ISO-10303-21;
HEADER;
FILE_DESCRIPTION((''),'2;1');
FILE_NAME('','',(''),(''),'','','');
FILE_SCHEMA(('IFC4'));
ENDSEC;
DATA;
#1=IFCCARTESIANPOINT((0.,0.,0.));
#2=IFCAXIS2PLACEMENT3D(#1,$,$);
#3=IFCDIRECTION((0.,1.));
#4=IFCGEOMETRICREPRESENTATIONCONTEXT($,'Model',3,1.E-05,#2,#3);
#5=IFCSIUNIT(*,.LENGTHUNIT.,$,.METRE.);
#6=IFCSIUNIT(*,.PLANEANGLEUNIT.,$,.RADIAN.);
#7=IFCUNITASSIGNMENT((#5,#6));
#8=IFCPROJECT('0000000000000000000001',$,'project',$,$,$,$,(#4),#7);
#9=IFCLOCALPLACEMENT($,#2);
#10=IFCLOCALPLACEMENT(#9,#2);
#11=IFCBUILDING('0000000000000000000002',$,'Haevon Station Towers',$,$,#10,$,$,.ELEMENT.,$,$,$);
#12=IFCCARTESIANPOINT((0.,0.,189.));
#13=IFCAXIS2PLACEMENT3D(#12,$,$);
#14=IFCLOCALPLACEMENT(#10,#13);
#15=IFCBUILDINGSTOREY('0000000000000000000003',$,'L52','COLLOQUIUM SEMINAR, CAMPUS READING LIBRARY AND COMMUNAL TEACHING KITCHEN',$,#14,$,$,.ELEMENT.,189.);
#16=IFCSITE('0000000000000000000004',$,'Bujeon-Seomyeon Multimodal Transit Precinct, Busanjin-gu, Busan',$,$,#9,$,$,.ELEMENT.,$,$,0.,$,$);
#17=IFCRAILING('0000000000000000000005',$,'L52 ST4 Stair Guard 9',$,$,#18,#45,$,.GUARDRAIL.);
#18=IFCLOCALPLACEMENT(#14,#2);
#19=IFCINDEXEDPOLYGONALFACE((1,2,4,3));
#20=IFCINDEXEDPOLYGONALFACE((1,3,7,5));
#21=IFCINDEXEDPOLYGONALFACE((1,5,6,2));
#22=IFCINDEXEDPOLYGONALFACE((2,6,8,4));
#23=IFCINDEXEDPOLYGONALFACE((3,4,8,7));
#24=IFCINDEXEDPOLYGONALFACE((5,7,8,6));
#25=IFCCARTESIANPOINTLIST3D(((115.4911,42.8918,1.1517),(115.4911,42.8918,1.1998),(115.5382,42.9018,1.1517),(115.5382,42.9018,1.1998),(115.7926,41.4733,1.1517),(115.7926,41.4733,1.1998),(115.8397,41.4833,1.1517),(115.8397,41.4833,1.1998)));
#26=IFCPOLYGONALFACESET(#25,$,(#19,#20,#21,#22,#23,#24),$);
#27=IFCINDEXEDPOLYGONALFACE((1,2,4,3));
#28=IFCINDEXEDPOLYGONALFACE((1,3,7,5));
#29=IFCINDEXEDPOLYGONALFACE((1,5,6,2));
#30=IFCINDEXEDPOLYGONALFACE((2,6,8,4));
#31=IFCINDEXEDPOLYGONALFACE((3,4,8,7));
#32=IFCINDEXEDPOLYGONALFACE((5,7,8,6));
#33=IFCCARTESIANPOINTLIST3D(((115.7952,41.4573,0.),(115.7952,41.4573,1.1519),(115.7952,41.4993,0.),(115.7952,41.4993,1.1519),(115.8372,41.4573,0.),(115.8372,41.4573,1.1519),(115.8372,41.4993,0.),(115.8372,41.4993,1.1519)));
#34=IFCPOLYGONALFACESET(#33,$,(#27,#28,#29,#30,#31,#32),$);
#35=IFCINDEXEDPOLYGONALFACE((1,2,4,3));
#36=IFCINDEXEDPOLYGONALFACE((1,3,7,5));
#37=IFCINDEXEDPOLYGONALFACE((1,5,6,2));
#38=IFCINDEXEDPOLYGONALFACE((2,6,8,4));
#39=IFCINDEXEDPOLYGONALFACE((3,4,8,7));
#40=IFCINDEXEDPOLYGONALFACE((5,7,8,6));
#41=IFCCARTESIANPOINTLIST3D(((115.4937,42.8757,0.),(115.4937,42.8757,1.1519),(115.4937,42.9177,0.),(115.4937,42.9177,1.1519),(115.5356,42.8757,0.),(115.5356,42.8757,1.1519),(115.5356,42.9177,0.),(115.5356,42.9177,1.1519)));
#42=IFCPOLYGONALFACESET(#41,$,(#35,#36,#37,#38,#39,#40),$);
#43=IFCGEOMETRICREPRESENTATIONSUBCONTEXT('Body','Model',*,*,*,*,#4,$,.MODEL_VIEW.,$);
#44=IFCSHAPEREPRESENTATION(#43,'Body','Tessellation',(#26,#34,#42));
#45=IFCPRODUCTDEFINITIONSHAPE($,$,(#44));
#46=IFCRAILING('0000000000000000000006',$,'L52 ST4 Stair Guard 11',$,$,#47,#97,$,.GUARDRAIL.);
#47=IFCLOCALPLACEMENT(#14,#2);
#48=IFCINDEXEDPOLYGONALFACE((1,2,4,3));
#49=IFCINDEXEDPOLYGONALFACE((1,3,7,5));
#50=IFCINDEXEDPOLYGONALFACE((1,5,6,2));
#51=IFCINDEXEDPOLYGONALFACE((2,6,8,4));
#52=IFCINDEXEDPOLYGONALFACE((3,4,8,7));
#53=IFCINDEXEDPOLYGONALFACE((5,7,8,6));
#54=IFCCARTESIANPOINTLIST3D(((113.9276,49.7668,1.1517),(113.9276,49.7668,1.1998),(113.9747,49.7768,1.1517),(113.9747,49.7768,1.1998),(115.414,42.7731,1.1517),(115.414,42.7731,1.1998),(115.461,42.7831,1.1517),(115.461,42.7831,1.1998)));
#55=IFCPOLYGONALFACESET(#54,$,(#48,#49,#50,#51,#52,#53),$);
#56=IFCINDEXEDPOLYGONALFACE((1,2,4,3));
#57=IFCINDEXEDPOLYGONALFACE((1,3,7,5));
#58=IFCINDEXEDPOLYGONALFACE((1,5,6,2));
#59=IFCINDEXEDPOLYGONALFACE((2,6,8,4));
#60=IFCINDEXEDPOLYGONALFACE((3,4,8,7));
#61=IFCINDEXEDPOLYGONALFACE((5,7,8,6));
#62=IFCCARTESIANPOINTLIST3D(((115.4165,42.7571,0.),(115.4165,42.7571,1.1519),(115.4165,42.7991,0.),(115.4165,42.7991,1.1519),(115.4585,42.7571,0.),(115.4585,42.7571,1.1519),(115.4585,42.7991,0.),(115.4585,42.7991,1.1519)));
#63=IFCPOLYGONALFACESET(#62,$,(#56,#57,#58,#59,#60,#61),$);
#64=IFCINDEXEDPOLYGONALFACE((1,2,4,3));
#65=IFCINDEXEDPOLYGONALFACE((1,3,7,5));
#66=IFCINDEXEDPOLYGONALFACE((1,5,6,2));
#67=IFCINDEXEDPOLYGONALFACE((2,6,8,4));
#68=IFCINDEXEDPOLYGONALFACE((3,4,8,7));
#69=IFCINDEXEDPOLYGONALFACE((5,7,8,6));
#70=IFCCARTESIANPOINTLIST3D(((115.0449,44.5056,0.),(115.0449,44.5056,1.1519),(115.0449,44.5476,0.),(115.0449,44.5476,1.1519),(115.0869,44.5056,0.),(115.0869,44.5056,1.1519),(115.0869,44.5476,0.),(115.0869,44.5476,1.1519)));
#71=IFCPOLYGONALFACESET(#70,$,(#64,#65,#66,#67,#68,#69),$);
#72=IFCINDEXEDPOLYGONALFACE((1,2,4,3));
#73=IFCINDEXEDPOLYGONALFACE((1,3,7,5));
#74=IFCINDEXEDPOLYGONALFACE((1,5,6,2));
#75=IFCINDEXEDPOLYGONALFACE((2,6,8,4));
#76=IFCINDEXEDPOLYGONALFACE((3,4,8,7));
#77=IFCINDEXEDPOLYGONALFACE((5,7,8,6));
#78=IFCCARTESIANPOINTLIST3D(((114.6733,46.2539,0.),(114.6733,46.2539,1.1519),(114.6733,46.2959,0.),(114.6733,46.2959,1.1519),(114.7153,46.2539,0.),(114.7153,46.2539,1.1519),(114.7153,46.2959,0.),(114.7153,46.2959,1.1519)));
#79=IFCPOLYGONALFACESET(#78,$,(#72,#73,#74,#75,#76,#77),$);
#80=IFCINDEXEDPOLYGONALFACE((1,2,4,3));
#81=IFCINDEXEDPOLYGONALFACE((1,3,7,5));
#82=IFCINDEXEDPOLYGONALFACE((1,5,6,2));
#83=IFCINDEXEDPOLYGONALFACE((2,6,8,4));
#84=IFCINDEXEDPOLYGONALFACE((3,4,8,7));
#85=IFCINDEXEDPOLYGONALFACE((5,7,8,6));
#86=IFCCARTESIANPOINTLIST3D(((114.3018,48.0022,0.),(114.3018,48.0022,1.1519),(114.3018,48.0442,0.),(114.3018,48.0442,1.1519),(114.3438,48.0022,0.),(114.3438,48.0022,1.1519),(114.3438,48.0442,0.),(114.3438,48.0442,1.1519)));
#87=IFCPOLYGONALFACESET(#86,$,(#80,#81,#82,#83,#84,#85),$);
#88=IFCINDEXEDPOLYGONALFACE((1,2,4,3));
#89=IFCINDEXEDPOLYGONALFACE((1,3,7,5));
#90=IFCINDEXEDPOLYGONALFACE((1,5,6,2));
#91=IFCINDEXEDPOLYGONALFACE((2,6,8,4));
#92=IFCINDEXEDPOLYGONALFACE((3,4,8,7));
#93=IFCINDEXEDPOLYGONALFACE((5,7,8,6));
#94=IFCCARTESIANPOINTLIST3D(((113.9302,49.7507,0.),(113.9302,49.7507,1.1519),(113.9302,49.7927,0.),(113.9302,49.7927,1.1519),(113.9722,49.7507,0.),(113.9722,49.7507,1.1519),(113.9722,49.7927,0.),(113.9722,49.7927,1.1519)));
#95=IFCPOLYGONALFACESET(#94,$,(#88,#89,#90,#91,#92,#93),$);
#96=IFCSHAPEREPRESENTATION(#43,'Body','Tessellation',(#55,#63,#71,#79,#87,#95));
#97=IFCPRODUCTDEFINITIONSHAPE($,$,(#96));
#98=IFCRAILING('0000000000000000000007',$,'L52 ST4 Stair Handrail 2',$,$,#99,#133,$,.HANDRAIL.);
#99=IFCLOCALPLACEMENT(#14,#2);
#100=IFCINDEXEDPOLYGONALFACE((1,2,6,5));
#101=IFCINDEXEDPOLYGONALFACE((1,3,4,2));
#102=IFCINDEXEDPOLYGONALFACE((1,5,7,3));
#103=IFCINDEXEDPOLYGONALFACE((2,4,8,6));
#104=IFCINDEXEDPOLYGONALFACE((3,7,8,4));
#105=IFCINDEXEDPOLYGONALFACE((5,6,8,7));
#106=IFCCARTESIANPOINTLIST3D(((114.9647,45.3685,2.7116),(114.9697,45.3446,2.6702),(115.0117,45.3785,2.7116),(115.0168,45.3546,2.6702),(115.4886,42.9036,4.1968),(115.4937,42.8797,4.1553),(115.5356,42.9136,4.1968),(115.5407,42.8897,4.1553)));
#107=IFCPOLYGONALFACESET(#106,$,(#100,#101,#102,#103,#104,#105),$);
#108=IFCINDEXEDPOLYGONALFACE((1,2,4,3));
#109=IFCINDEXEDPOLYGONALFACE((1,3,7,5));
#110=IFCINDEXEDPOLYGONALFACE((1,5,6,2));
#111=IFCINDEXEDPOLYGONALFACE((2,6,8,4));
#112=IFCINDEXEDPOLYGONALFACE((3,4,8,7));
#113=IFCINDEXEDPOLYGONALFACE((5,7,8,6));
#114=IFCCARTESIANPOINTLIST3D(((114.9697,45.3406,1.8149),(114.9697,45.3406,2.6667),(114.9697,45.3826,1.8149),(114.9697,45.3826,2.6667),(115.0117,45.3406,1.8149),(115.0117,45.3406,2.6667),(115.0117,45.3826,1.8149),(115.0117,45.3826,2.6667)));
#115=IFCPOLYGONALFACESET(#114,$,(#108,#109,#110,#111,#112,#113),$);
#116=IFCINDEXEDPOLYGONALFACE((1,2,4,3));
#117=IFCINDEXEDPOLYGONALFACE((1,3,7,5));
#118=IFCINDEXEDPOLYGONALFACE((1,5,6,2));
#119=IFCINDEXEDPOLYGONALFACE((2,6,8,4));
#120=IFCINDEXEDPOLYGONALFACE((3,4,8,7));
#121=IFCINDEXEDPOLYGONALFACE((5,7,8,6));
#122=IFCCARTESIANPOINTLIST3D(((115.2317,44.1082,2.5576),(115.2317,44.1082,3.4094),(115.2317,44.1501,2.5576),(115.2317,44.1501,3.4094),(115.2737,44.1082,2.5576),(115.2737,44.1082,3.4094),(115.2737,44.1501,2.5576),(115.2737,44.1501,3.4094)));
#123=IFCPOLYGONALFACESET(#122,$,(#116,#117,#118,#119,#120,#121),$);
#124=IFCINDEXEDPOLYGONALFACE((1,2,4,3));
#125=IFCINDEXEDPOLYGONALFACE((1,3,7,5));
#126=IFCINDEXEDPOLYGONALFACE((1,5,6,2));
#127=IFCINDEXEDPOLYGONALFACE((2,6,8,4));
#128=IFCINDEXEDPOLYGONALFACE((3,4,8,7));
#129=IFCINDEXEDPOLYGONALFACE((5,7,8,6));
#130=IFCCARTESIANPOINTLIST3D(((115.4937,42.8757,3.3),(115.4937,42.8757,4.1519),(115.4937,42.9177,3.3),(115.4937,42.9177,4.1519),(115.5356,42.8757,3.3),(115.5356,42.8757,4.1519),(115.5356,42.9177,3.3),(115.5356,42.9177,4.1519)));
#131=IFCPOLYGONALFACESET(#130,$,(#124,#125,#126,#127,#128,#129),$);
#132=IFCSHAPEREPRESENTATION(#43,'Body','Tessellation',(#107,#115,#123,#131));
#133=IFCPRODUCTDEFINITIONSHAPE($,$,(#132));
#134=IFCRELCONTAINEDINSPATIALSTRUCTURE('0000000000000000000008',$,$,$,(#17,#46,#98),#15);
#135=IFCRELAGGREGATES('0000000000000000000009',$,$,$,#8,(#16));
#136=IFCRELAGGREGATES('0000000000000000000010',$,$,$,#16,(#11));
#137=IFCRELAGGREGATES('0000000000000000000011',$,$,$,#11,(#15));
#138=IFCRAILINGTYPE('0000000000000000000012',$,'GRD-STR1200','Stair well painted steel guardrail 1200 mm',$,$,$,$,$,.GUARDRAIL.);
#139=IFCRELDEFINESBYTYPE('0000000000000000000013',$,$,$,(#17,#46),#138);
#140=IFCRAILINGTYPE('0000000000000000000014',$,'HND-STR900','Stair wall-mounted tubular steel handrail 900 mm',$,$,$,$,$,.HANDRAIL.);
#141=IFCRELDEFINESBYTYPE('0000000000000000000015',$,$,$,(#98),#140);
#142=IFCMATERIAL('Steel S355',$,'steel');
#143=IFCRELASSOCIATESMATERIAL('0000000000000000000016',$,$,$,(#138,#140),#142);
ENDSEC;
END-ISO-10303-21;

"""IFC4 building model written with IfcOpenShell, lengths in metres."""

from ifc_helpers import new_model, si_unit, direction, frame, origin, origin_2d, place, context, subcontext, project, spatial, rectangle, extrude, material, type_object, element, save


model = new_model("IFC4")

# Units and contexts
model_context = context("Model", 3, precision=1e-05, world=origin(), true_north=direction((0.0, 1.0)))
body_context = subcontext(model_context, "Body", "Model", "MODEL_VIEW")
ifc_project = project(units=[si_unit("LENGTHUNIT", "METRE"), si_unit("PLANEANGLEUNIT", "RADIAN")], contexts=[model_context])

# Site, building, storey
site_placement = place(None, origin())
site = spatial("IfcSite", under=ifc_project, at=site_placement, Name="Bujeon-Seomyeon Multimodal Transit Precinct, Busanjin-gu, Busan", CompositionType="ELEMENT", RefElevation=0.0)
building_placement = place(site_placement, origin())
building = spatial("IfcBuilding", under=site, at=building_placement, Name="Haevon Station Towers", CompositionType="ELEMENT")
storey_placement = place(building_placement, frame((0.0, 0.0, 189.0)))
storey = spatial("IfcBuildingStorey", under=building, at=storey_placement, Name="L52", Description="COLLOQUIUM SEMINAR, CAMPUS READING LIBRARY AND COMMUNAL TEACHING KITCHEN", CompositionType="ELEMENT", Elevation=189.0)

# Shared definitions
ifc_material_1 = material(Name="Steel S355", Category="steel")

# Railings
railing_type_1 = type_object("IfcRailingType", Name="GRD-STR1200", Description="Stair well painted steel guardrail 1200 mm", PredefinedType="GUARDRAIL", material=ifc_material_1)
railing_1_placement = place(storey_placement, frame((115.8162, 41.4783, 0.0)))
element("IfcRailing", 1, at=railing_1_placement, inside=storey, type_object=railing_type_1, Name="L52 ST4 Stair Guard 9", PredefinedType="GUARDRAIL", context=body_context, shape_type="SweptSolid", body=[
    extrude(rectangle(XDim=0.0481, YDim=0.0481, at=origin_2d()), frame((0.0, 0.0, 1.1758), z_axis=(-0.207919, 0.978146, 0.0), x_axis=(-0.978146, -0.207919, 0.0)), (0.0, 0.0, 1.0), 1.4502),
    extrude(rectangle(XDim=0.042, YDim=0.042, at=origin_2d()), origin(), (0.0, 0.0, 1.0), 1.1519),
    extrude(rectangle(XDim=0.042, YDim=0.042, at=origin_2d()), frame((-0.3015, 1.4185, 0.0)), (0.0, 0.0, 1.0), 1.1519),
])
railing_2_placement = place(storey_placement, frame((115.4375, 42.7781, 0.0)))
element("IfcRailing", 2, at=railing_2_placement, inside=storey, type_object=railing_type_1, Name="L52 ST4 Stair Guard 11", PredefinedType="GUARDRAIL", context=body_context, shape_type="SweptSolid", body=[
    extrude(rectangle(XDim=0.0481, YDim=0.0481, at=origin_2d()), frame((0.0, 0.0, 1.1758), z_axis=(-0.207882, 0.978154, 0.0), x_axis=(-0.978154, -0.207882, 0.0)), (0.0, 0.0, 1.0), 7.1499),
    extrude(rectangle(XDim=0.042, YDim=0.042, at=origin_2d()), origin(), (0.0, 0.0, 1.0), 1.1519),
    extrude(rectangle(XDim=0.042, YDim=0.042, at=origin_2d()), frame((-0.3716, 1.7485, 0.0)), (0.0, 0.0, 1.0), 1.1519),
    extrude(rectangle(XDim=0.042, YDim=0.042, at=origin_2d()), frame((-0.7432, 3.4968, 0.0)), (0.0, 0.0, 1.0), 1.1519),
    extrude(rectangle(XDim=0.042, YDim=0.042, at=origin_2d()), frame((-1.1147, 5.2451, 0.0)), (0.0, 0.0, 1.0), 1.1519),
    extrude(rectangle(XDim=0.042, YDim=0.042, at=origin_2d()), frame((-1.4863, 6.9937, 0.0)), (0.0, 0.0, 1.0), 1.1519),
])
railing_type_2 = type_object("IfcRailingType", Name="HND-STR900", Description="Stair wall-mounted tubular steel handrail 900 mm", PredefinedType="HANDRAIL", material=ifc_material_1)
railing_3_placement = place(storey_placement, frame((114.9907, 45.3616, 1.8149)))
element("IfcRailing", 3, at=railing_3_placement, inside=storey, type_object=railing_type_2, Name="L52 ST4 Stair Handrail 2", PredefinedType="HANDRAIL", context=body_context, shape_type="SweptSolid", body=[
    extrude(rectangle(XDim=0.0481, YDim=0.0481, at=origin_2d()), frame((0.0, 0.0, 0.876), z_axis=(0.179121, -0.842688, 0.507733), x_axis=(0.978147, 0.207914, 0.0)), (0.0, 0.0, 1.0), 2.925),
    extrude(rectangle(XDim=0.042, YDim=0.042, at=origin_2d()), origin(), (0.0, 0.0, 1.0), 0.8518),
    extrude(rectangle(XDim=0.042, YDim=0.042, at=origin_2d()), frame((0.262, -1.2324, 0.7427)), (0.0, 0.0, 1.0), 0.8518),
    extrude(rectangle(XDim=0.042, YDim=0.042, at=origin_2d()), frame((0.5239, -2.4648, 1.4851)), (0.0, 0.0, 1.0), 0.8518),
])

save(model, "model.ifc")
